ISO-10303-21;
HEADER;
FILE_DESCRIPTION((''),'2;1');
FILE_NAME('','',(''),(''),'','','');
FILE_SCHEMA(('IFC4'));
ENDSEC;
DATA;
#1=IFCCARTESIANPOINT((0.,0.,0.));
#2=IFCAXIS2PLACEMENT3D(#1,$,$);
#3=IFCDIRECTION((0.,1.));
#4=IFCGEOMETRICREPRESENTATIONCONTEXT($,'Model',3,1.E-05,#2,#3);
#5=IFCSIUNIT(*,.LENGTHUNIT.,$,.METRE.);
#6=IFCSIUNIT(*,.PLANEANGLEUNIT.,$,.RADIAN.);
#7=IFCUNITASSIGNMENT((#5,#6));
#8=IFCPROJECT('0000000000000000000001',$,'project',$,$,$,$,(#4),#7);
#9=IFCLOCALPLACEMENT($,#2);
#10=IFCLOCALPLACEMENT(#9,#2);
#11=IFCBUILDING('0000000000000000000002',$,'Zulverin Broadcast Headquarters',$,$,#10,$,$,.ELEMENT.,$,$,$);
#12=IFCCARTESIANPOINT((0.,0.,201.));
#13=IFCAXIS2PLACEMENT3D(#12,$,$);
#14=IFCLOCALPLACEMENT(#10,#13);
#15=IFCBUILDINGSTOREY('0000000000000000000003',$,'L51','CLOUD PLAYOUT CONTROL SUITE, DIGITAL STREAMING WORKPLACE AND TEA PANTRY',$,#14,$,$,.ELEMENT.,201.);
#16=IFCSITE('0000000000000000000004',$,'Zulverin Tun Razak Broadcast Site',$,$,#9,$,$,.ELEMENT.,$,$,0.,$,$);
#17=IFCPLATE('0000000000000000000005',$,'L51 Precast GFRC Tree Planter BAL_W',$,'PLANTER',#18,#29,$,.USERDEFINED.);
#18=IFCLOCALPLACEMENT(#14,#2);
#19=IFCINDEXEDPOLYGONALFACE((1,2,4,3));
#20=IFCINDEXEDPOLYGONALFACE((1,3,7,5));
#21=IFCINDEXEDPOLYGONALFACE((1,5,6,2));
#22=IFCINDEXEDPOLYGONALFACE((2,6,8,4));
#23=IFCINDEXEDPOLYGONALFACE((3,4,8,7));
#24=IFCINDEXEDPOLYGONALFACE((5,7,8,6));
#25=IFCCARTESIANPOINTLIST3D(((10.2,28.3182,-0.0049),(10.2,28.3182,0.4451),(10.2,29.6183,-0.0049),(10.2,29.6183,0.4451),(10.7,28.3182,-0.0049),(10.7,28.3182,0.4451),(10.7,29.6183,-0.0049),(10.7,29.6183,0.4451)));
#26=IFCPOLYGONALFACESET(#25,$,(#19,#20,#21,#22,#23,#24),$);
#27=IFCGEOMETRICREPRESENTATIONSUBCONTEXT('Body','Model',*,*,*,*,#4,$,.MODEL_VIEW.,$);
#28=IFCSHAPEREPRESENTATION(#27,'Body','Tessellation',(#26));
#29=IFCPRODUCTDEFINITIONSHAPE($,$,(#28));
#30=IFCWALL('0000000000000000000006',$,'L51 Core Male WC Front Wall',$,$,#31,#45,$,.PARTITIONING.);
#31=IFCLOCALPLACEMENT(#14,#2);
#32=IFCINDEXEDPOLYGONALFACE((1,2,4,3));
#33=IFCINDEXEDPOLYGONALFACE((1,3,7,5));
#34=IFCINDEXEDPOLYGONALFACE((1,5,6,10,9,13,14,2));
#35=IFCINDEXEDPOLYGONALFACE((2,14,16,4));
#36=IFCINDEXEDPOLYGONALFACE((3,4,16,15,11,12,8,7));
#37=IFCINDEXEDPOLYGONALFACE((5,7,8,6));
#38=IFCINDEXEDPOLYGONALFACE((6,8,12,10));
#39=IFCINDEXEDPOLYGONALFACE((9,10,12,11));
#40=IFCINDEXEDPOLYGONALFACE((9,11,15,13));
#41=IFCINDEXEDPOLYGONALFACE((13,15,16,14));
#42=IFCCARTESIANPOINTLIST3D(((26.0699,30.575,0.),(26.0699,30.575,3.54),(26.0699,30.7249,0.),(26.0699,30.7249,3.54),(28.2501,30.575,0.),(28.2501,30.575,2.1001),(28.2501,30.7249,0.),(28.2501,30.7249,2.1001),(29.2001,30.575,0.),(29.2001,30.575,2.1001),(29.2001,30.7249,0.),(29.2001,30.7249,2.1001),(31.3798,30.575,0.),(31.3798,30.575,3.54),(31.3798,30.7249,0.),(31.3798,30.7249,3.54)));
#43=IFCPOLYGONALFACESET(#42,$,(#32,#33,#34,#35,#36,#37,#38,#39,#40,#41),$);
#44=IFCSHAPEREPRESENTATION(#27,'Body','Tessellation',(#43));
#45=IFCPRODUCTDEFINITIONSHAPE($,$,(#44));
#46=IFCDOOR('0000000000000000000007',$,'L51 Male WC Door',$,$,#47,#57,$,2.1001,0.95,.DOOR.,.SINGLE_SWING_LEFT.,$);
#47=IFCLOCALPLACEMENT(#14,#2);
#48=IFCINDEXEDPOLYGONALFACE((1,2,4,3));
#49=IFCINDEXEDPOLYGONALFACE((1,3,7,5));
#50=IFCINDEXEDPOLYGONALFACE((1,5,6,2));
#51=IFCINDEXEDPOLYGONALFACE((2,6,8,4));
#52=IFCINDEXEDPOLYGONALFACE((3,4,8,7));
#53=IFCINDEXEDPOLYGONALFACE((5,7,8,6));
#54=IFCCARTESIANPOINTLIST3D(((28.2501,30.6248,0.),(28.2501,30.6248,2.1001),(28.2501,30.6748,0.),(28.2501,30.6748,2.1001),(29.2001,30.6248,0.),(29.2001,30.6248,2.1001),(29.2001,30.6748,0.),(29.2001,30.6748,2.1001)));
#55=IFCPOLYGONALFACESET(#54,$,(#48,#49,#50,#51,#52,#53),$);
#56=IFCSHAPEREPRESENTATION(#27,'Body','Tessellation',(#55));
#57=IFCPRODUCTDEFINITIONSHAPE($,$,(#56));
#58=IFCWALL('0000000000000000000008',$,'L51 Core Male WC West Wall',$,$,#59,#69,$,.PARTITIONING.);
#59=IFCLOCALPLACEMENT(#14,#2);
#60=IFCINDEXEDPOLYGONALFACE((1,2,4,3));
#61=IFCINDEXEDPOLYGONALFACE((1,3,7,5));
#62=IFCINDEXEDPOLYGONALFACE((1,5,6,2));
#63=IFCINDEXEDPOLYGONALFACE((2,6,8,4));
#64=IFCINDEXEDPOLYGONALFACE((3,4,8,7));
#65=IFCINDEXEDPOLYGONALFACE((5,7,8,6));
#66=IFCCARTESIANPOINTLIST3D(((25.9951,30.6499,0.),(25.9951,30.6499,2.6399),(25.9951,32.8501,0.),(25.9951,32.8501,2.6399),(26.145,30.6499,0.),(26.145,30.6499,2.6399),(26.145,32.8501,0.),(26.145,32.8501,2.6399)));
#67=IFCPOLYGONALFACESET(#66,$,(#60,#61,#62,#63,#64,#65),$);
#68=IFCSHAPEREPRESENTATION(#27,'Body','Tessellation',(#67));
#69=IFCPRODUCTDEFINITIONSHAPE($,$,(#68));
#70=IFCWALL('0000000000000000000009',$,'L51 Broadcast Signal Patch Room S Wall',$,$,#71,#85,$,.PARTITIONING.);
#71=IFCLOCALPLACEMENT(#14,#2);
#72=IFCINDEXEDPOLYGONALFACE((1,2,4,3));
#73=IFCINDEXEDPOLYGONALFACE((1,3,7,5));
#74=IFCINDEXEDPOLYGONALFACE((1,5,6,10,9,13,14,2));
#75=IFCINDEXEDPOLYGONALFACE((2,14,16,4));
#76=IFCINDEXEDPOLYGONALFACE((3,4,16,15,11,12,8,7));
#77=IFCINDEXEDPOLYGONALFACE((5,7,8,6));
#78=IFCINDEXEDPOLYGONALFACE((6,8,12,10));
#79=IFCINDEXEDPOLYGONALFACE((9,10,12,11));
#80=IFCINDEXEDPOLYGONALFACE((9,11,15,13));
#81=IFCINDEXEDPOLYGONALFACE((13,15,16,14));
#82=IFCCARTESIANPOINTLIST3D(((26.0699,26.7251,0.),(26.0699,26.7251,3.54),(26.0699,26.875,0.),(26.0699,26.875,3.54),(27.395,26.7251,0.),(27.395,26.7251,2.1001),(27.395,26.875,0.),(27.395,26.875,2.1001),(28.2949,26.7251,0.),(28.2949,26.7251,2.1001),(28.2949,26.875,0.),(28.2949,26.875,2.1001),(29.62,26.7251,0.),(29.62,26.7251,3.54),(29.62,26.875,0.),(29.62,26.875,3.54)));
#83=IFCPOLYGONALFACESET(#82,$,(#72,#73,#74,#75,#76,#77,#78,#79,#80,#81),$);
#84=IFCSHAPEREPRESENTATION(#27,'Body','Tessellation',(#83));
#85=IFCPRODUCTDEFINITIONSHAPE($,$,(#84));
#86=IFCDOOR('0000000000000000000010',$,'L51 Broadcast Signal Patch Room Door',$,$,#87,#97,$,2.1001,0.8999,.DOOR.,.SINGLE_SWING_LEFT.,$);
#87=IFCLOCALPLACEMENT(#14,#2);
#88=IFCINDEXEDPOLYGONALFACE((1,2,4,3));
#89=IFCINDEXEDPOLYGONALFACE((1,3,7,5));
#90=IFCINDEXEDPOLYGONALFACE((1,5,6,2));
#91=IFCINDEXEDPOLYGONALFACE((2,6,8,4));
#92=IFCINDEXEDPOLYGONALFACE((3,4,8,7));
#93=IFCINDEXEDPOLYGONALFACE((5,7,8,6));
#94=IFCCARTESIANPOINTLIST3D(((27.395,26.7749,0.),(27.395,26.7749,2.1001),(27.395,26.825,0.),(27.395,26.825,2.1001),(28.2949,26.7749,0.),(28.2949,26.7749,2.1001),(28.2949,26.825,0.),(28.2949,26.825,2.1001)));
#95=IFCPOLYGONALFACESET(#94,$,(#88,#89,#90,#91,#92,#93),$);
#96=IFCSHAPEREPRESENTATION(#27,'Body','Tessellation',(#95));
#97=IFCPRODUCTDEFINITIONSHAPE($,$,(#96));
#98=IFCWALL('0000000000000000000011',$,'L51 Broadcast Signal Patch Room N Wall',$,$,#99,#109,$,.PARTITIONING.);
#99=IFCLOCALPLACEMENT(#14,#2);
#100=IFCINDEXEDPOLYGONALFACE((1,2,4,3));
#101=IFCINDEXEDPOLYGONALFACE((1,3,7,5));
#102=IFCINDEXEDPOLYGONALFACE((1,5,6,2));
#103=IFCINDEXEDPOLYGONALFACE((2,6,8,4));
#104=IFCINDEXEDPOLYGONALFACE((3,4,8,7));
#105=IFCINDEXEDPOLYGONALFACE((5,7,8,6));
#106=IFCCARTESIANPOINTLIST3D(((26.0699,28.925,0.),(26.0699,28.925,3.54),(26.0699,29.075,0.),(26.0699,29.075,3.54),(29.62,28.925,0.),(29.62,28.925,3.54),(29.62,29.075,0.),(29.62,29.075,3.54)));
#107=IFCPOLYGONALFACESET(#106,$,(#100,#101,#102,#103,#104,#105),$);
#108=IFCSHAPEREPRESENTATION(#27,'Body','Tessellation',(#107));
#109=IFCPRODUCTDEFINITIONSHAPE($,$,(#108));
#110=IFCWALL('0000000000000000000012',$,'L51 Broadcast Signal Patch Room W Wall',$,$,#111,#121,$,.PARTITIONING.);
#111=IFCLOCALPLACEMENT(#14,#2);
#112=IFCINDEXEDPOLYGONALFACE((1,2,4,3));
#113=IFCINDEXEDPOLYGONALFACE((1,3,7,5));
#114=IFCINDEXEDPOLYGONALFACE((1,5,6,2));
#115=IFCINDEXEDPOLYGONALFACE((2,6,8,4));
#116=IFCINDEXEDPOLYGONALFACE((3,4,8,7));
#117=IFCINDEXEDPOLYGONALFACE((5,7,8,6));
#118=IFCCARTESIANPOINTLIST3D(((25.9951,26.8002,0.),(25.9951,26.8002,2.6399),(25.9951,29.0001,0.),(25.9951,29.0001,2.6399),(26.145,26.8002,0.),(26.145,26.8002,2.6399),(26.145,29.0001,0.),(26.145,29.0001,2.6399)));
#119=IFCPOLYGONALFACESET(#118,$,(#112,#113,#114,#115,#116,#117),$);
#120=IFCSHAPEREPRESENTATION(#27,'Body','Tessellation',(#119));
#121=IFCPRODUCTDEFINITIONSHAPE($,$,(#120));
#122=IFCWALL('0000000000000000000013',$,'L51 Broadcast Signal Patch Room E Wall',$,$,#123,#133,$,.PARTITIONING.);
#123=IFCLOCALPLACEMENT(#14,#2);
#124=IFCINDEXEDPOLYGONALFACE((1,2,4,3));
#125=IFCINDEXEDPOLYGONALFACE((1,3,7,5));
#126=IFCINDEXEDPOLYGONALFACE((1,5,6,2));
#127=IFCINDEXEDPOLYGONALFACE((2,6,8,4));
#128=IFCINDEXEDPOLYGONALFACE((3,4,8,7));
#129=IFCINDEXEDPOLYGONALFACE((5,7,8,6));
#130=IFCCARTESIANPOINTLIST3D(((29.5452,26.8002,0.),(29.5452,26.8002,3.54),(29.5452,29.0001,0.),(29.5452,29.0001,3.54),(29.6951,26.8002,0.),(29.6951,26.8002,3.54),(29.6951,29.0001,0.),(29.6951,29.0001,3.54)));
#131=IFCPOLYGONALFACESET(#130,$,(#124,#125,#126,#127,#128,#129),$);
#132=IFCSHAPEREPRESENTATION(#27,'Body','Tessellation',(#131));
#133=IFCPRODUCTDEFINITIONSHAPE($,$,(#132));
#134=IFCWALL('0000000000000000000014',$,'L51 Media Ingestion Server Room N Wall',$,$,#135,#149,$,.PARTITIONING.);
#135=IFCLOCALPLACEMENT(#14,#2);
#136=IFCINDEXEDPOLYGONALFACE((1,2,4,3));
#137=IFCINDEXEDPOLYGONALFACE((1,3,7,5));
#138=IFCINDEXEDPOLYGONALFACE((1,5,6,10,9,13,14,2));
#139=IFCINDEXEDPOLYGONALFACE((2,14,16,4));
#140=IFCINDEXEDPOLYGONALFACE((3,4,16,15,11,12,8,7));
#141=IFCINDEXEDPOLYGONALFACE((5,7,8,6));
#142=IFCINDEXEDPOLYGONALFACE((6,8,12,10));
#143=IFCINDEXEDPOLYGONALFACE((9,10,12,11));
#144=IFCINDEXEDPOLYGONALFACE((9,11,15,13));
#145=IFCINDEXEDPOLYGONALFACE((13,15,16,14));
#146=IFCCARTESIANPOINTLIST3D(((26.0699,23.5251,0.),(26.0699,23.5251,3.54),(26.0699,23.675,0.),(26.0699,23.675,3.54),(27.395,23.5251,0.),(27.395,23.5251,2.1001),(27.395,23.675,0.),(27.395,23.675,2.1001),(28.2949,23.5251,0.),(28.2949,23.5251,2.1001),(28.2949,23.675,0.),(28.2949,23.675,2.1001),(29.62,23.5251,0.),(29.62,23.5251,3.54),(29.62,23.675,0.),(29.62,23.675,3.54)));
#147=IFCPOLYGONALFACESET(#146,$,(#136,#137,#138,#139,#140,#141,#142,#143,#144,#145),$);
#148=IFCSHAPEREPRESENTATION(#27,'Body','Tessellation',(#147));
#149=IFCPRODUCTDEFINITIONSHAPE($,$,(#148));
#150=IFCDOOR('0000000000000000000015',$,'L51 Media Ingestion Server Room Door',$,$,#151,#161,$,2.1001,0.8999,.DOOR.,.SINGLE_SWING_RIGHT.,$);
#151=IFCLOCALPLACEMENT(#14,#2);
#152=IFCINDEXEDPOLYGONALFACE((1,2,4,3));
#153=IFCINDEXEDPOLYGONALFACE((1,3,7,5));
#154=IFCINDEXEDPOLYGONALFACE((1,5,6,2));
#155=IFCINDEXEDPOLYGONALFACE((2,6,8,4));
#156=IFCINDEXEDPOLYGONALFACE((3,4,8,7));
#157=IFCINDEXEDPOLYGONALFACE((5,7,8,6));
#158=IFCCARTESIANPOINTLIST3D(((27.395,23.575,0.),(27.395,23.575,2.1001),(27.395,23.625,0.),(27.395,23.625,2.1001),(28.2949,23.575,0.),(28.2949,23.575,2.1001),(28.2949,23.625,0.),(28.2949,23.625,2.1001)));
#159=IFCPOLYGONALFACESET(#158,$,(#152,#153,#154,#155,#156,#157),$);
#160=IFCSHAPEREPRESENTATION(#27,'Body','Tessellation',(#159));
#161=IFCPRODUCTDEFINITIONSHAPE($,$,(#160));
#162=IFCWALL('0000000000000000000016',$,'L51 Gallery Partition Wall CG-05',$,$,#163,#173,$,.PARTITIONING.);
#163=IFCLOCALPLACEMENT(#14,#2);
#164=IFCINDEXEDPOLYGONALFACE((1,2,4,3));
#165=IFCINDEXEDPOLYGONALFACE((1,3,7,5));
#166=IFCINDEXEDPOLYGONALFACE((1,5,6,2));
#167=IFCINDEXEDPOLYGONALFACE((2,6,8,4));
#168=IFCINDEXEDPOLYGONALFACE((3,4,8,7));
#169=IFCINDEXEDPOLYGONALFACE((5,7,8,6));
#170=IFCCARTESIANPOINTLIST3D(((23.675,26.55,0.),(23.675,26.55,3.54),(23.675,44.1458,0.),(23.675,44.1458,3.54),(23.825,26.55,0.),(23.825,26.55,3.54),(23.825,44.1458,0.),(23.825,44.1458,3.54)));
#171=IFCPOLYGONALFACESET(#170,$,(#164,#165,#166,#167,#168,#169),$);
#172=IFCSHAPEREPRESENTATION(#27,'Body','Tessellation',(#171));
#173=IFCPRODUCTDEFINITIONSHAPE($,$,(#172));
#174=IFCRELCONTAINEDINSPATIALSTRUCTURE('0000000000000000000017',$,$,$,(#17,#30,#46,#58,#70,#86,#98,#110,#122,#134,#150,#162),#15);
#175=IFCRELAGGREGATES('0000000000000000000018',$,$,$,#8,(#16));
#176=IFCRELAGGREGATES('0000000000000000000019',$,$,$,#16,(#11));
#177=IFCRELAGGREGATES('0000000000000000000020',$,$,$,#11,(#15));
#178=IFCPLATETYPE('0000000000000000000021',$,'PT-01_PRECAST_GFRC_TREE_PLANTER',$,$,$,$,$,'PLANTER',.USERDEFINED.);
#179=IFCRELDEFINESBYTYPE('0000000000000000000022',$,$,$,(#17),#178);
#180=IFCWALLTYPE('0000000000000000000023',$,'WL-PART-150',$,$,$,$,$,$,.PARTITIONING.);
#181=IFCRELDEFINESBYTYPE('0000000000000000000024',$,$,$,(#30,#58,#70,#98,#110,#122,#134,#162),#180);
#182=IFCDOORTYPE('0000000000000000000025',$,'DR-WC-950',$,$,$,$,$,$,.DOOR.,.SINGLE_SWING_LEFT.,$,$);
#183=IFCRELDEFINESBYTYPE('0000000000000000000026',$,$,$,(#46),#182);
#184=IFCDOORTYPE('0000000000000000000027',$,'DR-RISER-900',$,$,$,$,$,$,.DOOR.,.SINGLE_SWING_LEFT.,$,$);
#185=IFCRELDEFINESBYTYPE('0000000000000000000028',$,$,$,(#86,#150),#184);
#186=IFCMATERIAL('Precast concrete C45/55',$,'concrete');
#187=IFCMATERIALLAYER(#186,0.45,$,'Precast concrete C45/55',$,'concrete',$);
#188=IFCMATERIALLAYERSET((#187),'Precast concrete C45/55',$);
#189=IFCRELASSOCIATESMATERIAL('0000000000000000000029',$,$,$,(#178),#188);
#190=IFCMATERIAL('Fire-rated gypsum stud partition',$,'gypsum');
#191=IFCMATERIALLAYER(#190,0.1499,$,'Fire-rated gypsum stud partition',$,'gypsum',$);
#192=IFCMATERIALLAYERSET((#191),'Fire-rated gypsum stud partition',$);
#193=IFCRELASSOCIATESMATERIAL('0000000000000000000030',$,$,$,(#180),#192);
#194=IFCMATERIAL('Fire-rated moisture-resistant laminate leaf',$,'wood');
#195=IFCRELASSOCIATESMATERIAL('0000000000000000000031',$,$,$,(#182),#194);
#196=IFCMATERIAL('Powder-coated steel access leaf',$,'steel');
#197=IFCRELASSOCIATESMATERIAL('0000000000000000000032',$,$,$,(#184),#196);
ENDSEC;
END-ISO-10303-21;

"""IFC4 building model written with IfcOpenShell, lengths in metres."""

from ifc_helpers import new_model, si_unit, direction, frame, frame_2d, origin, origin_2d, place, context, subcontext, project, spatial, rectangle, extrude, material, layer, layer_set, type_object, element, fill, save


model = new_model("IFC4")

# Units and contexts
model_context = context("Model", 3, precision=1e-05, world=origin(), true_north=direction((0.0, 1.0)))
body_context = subcontext(model_context, "Body", "Model", "MODEL_VIEW")
ifc_project = project(units=[si_unit("LENGTHUNIT", "METRE"), si_unit("PLANEANGLEUNIT", "RADIAN")], contexts=[model_context])

# Site, building, storey
site_placement = place(None, origin())
site = spatial("IfcSite", under=ifc_project, at=site_placement, Name="Zulverin Tun Razak Broadcast Site", CompositionType="ELEMENT", RefElevation=0.0)
building_placement = place(site_placement, origin())
building = spatial("IfcBuilding", under=site, at=building_placement, Name="Zulverin Broadcast Headquarters", CompositionType="ELEMENT")
storey_placement = place(building_placement, frame((0.0, 0.0, 201.0)))
storey = spatial("IfcBuildingStorey", under=building, at=storey_placement, Name="L51", Description="CLOUD PLAYOUT CONTROL SUITE, DIGITAL STREAMING WORKPLACE AND TEA PANTRY", CompositionType="ELEMENT", Elevation=201.0)

# Plate
ifc_material_1 = material(Name="Precast concrete C45/55", Category="concrete")
ifc_layer_1 = layer(ifc_material_1, 0.45, Name="Precast concrete C45/55", Category="concrete")
ifc_layer_set_1 = layer_set([ifc_layer_1], Name="Precast concrete C45/55")
plate_type = type_object("IfcPlateType", Name="PT-01_PRECAST_GFRC_TREE_PLANTER", ElementType="PLANTER", PredefinedType="USERDEFINED", material=ifc_layer_set_1)
plate_placement = place(storey_placement, frame((10.45, 28.9683, -0.0049), z_axis=(0.0, 0.0, 1.0), x_axis=(0.0, 1.0, 0.0)))
element("IfcPlate", 1, at=plate_placement, inside=storey, type_object=plate_type, Name="L51 Precast GFRC Tree Planter BAL_W", ObjectType="PLANTER", PredefinedType="USERDEFINED", context=body_context, shape_type="SweptSolid", body=[
    extrude(rectangle(XDim=1.3, YDim=0.5, at=origin_2d()), origin(), (0.0, 0.0, 1.0), 0.45),
])

# Wall, opening, door
ifc_material_2 = material(Name="Fire-rated gypsum stud partition", Category="gypsum")
ifc_layer_2 = layer(ifc_material_2, 0.1499, Name="Fire-rated gypsum stud partition", Category="gypsum")
ifc_layer_set_2 = layer_set([ifc_layer_2], Name="Fire-rated gypsum stud partition")
wall_type_1 = type_object("IfcWallType", Name="WL-PART-150", PredefinedType="PARTITIONING", material=ifc_layer_set_2)
wall_1_placement = place(storey_placement, frame((26.0701, 30.6499, 0.0), z_axis=(0.0, 0.0, 1.0), x_axis=(1.0, 0.0, 0.0)))
wall_1 = element("IfcWall", 2, at=wall_1_placement, inside=storey, type_object=wall_type_1, Name="L51 Core Male WC Front Wall", PredefinedType="PARTITIONING", context=body_context, shape_type="SweptSolid", body=[
    extrude(rectangle(XDim=5.3098, YDim=0.1499, at=frame_2d((2.6548, 0.0))), origin(), (0.0, 0.0, 1.0), 3.54),
])
opening_1_placement = place(wall_1_placement, frame((2.1799, 0.0, 0.0)))
opening_1 = element("IfcOpeningElement", 3, at=opening_1_placement, cuts=wall_1, PredefinedType="OPENING", context=body_context, shape_type="SweptSolid", body=[
    extrude(rectangle(XDim=0.95, YDim=2.1001, at=frame_2d((0.4751, 1.05))), frame((0.0, 0.085, 0.0), z_axis=(0.0, -1.0, 0.0), x_axis=(1.0, 0.0, 0.0)), (0.0, 0.0, 1.0), 0.1699),
])
ifc_material_3 = material(Name="Fire-rated moisture-resistant laminate leaf", Category="wood")
door_type_1 = type_object("IfcDoorType", Name="DR-WC-950", OperationType="SINGLE_SWING_LEFT", PredefinedType="DOOR", material=ifc_material_3)
door_1_placement = place(opening_1_placement, origin())
door_1 = element("IfcDoor", 4, at=door_1_placement, inside=storey, type_object=door_type_1, Name="L51 Male WC Door", OperationType="SINGLE_SWING_LEFT", OverallHeight=2.1001, OverallWidth=0.95, PredefinedType="DOOR", context=body_context, shape_type="SweptSolid", body=[
    extrude(rectangle(XDim=0.95, YDim=2.1001, at=frame_2d((0.4751, 1.05))), frame((0.0, 0.0249, 0.0), z_axis=(0.0, -1.0, 0.0), x_axis=(1.0, 0.0, 0.0)), (0.0, 0.0, 1.0), 0.05),
])
fill(opening_1, door_1)

# Wall
wall_2_placement = place(storey_placement, frame((26.0701, 30.6499, 0.0), z_axis=(0.0, 0.0, 1.0), x_axis=(0.0, 1.0, 0.0)))
element("IfcWall", 5, at=wall_2_placement, inside=storey, type_object=wall_type_1, Name="L51 Core Male WC West Wall", PredefinedType="PARTITIONING", context=body_context, shape_type="SweptSolid", body=[
    extrude(rectangle(XDim=2.2002, YDim=0.1499, at=frame_2d((1.1001, 0.0))), origin(), (0.0, 0.0, 1.0), 2.6399),
])

# Wall, opening, door
wall_3_placement = place(storey_placement, frame((26.0701, 26.8, 0.0), z_axis=(0.0, 0.0, 1.0), x_axis=(1.0, 0.0, 0.0)))
wall_3 = element("IfcWall", 6, at=wall_3_placement, inside=storey, type_object=wall_type_1, Name="L51 Broadcast Signal Patch Room S Wall", PredefinedType="PARTITIONING", context=body_context, shape_type="SweptSolid", body=[
    extrude(rectangle(XDim=3.55, YDim=0.1499, at=frame_2d((1.7749, 0.0))), origin(), (0.0, 0.0, 1.0), 3.54),
])
opening_2_placement = place(wall_3_placement, frame((1.325, 0.0, 0.0)))
opening_2 = element("IfcOpeningElement", 7, at=opening_2_placement, cuts=wall_3, PredefinedType="OPENING", context=body_context, shape_type="SweptSolid", body=[
    extrude(rectangle(XDim=0.8999, YDim=2.1001, at=frame_2d((0.45, 1.05))), frame((0.0, 0.085, 0.0), z_axis=(0.0, -1.0, 0.0), x_axis=(1.0, 0.0, 0.0)), (0.0, 0.0, 1.0), 0.1699),
])
ifc_material_4 = material(Name="Powder-coated steel access leaf", Category="steel")
door_type_2 = type_object("IfcDoorType", Name="DR-RISER-900", OperationType="SINGLE_SWING_LEFT", PredefinedType="DOOR", material=ifc_material_4)
door_2_placement = place(opening_2_placement, origin())
door_2 = element("IfcDoor", 8, at=door_2_placement, inside=storey, type_object=door_type_2, Name="L51 Broadcast Signal Patch Room Door", OperationType="SINGLE_SWING_LEFT", OverallHeight=2.1001, OverallWidth=0.8999, PredefinedType="DOOR", context=body_context, shape_type="SweptSolid", body=[
    extrude(rectangle(XDim=0.8999, YDim=2.1001, at=frame_2d((0.45, 1.05))), frame((0.0, 0.0249, 0.0), z_axis=(0.0, -1.0, 0.0), x_axis=(1.0, 0.0, 0.0)), (0.0, 0.0, 1.0), 0.05),
])
fill(opening_2, door_2)

# Walls
wall_4_placement = place(storey_placement, frame((26.0701, 29.0, 0.0), z_axis=(0.0, 0.0, 1.0), x_axis=(1.0, 0.0, 0.0)))
element("IfcWall", 9, at=wall_4_placement, inside=storey, type_object=wall_type_1, Name="L51 Broadcast Signal Patch Room N Wall", PredefinedType="PARTITIONING", context=body_context, shape_type="SweptSolid", body=[
    extrude(rectangle(XDim=3.55, YDim=0.1499, at=frame_2d((1.7749, 0.0))), origin(), (0.0, 0.0, 1.0), 3.54),
])
wall_5_placement = place(storey_placement, frame((26.0701, 26.8, 0.0), z_axis=(0.0, 0.0, 1.0), x_axis=(0.0, 1.0, 0.0)))
element("IfcWall", 10, at=wall_5_placement, inside=storey, type_object=wall_type_1, Name="L51 Broadcast Signal Patch Room W Wall", PredefinedType="PARTITIONING", context=body_context, shape_type="SweptSolid", body=[
    extrude(rectangle(XDim=2.2, YDim=0.1499, at=frame_2d((1.1001, 0.0))), origin(), (0.0, 0.0, 1.0), 2.6399),
])
wall_6_placement = place(storey_placement, frame((29.6201, 26.8, 0.0), z_axis=(0.0, 0.0, 1.0), x_axis=(0.0, 1.0, 0.0)))
element("IfcWall", 11, at=wall_6_placement, inside=storey, type_object=wall_type_1, Name="L51 Broadcast Signal Patch Room E Wall", PredefinedType="PARTITIONING", context=body_context, shape_type="SweptSolid", body=[
    extrude(rectangle(XDim=2.2, YDim=0.1499, at=frame_2d((1.1001, 0.0))), origin(), (0.0, 0.0, 1.0), 3.54),
])

# Wall, opening, door
wall_7_placement = place(storey_placement, frame((26.0701, 23.6001, 0.0), z_axis=(0.0, 0.0, 1.0), x_axis=(1.0, 0.0, 0.0)))
wall_7 = element("IfcWall", 12, at=wall_7_placement, inside=storey, type_object=wall_type_1, Name="L51 Media Ingestion Server Room N Wall", PredefinedType="PARTITIONING", context=body_context, shape_type="SweptSolid", body=[
    extrude(rectangle(XDim=3.55, YDim=0.1499, at=frame_2d((1.7749, 0.0))), origin(), (0.0, 0.0, 1.0), 3.54),
])
opening_3_placement = place(wall_7_placement, frame((1.325, 0.0, 0.0)))
opening_3 = element("IfcOpeningElement", 13, at=opening_3_placement, cuts=wall_7, PredefinedType="OPENING", context=body_context, shape_type="SweptSolid", body=[
    extrude(rectangle(XDim=0.8999, YDim=2.1001, at=frame_2d((0.45, 1.05))), frame((0.0, 0.085, 0.0), z_axis=(0.0, -1.0, 0.0), x_axis=(1.0, 0.0, 0.0)), (0.0, 0.0, 1.0), 0.1699),
])
door_3_placement = place(opening_3_placement, origin())
door_3 = element("IfcDoor", 14, at=door_3_placement, inside=storey, type_object=door_type_2, Name="L51 Media Ingestion Server Room Door", OperationType="SINGLE_SWING_RIGHT", OverallHeight=2.1001, OverallWidth=0.8999, PredefinedType="DOOR", context=body_context, shape_type="SweptSolid", body=[
    extrude(rectangle(XDim=0.8999, YDim=2.1001, at=frame_2d((0.45, 1.05))), frame((0.0, 0.0249, 0.0), z_axis=(0.0, -1.0, 0.0), x_axis=(1.0, 0.0, 0.0)), (0.0, 0.0, 1.0), 0.05),
])
fill(opening_3, door_3)

# Wall
wall_8_placement = place(storey_placement, frame((23.75, 26.55, 0.0), z_axis=(0.0, 0.0, 1.0), x_axis=(0.0, 1.0, 0.0)))
element("IfcWall", 15, at=wall_8_placement, inside=storey, type_object=wall_type_1, Name="L51 Gallery Partition Wall CG-05", PredefinedType="PARTITIONING", context=body_context, shape_type="SweptSolid", body=[
    extrude(rectangle(XDim=17.5957, YDim=0.1499, at=frame_2d((8.7979, 0.0))), origin(), (0.0, 0.0, 1.0), 3.54),
])

save(model, "model.ifc")
